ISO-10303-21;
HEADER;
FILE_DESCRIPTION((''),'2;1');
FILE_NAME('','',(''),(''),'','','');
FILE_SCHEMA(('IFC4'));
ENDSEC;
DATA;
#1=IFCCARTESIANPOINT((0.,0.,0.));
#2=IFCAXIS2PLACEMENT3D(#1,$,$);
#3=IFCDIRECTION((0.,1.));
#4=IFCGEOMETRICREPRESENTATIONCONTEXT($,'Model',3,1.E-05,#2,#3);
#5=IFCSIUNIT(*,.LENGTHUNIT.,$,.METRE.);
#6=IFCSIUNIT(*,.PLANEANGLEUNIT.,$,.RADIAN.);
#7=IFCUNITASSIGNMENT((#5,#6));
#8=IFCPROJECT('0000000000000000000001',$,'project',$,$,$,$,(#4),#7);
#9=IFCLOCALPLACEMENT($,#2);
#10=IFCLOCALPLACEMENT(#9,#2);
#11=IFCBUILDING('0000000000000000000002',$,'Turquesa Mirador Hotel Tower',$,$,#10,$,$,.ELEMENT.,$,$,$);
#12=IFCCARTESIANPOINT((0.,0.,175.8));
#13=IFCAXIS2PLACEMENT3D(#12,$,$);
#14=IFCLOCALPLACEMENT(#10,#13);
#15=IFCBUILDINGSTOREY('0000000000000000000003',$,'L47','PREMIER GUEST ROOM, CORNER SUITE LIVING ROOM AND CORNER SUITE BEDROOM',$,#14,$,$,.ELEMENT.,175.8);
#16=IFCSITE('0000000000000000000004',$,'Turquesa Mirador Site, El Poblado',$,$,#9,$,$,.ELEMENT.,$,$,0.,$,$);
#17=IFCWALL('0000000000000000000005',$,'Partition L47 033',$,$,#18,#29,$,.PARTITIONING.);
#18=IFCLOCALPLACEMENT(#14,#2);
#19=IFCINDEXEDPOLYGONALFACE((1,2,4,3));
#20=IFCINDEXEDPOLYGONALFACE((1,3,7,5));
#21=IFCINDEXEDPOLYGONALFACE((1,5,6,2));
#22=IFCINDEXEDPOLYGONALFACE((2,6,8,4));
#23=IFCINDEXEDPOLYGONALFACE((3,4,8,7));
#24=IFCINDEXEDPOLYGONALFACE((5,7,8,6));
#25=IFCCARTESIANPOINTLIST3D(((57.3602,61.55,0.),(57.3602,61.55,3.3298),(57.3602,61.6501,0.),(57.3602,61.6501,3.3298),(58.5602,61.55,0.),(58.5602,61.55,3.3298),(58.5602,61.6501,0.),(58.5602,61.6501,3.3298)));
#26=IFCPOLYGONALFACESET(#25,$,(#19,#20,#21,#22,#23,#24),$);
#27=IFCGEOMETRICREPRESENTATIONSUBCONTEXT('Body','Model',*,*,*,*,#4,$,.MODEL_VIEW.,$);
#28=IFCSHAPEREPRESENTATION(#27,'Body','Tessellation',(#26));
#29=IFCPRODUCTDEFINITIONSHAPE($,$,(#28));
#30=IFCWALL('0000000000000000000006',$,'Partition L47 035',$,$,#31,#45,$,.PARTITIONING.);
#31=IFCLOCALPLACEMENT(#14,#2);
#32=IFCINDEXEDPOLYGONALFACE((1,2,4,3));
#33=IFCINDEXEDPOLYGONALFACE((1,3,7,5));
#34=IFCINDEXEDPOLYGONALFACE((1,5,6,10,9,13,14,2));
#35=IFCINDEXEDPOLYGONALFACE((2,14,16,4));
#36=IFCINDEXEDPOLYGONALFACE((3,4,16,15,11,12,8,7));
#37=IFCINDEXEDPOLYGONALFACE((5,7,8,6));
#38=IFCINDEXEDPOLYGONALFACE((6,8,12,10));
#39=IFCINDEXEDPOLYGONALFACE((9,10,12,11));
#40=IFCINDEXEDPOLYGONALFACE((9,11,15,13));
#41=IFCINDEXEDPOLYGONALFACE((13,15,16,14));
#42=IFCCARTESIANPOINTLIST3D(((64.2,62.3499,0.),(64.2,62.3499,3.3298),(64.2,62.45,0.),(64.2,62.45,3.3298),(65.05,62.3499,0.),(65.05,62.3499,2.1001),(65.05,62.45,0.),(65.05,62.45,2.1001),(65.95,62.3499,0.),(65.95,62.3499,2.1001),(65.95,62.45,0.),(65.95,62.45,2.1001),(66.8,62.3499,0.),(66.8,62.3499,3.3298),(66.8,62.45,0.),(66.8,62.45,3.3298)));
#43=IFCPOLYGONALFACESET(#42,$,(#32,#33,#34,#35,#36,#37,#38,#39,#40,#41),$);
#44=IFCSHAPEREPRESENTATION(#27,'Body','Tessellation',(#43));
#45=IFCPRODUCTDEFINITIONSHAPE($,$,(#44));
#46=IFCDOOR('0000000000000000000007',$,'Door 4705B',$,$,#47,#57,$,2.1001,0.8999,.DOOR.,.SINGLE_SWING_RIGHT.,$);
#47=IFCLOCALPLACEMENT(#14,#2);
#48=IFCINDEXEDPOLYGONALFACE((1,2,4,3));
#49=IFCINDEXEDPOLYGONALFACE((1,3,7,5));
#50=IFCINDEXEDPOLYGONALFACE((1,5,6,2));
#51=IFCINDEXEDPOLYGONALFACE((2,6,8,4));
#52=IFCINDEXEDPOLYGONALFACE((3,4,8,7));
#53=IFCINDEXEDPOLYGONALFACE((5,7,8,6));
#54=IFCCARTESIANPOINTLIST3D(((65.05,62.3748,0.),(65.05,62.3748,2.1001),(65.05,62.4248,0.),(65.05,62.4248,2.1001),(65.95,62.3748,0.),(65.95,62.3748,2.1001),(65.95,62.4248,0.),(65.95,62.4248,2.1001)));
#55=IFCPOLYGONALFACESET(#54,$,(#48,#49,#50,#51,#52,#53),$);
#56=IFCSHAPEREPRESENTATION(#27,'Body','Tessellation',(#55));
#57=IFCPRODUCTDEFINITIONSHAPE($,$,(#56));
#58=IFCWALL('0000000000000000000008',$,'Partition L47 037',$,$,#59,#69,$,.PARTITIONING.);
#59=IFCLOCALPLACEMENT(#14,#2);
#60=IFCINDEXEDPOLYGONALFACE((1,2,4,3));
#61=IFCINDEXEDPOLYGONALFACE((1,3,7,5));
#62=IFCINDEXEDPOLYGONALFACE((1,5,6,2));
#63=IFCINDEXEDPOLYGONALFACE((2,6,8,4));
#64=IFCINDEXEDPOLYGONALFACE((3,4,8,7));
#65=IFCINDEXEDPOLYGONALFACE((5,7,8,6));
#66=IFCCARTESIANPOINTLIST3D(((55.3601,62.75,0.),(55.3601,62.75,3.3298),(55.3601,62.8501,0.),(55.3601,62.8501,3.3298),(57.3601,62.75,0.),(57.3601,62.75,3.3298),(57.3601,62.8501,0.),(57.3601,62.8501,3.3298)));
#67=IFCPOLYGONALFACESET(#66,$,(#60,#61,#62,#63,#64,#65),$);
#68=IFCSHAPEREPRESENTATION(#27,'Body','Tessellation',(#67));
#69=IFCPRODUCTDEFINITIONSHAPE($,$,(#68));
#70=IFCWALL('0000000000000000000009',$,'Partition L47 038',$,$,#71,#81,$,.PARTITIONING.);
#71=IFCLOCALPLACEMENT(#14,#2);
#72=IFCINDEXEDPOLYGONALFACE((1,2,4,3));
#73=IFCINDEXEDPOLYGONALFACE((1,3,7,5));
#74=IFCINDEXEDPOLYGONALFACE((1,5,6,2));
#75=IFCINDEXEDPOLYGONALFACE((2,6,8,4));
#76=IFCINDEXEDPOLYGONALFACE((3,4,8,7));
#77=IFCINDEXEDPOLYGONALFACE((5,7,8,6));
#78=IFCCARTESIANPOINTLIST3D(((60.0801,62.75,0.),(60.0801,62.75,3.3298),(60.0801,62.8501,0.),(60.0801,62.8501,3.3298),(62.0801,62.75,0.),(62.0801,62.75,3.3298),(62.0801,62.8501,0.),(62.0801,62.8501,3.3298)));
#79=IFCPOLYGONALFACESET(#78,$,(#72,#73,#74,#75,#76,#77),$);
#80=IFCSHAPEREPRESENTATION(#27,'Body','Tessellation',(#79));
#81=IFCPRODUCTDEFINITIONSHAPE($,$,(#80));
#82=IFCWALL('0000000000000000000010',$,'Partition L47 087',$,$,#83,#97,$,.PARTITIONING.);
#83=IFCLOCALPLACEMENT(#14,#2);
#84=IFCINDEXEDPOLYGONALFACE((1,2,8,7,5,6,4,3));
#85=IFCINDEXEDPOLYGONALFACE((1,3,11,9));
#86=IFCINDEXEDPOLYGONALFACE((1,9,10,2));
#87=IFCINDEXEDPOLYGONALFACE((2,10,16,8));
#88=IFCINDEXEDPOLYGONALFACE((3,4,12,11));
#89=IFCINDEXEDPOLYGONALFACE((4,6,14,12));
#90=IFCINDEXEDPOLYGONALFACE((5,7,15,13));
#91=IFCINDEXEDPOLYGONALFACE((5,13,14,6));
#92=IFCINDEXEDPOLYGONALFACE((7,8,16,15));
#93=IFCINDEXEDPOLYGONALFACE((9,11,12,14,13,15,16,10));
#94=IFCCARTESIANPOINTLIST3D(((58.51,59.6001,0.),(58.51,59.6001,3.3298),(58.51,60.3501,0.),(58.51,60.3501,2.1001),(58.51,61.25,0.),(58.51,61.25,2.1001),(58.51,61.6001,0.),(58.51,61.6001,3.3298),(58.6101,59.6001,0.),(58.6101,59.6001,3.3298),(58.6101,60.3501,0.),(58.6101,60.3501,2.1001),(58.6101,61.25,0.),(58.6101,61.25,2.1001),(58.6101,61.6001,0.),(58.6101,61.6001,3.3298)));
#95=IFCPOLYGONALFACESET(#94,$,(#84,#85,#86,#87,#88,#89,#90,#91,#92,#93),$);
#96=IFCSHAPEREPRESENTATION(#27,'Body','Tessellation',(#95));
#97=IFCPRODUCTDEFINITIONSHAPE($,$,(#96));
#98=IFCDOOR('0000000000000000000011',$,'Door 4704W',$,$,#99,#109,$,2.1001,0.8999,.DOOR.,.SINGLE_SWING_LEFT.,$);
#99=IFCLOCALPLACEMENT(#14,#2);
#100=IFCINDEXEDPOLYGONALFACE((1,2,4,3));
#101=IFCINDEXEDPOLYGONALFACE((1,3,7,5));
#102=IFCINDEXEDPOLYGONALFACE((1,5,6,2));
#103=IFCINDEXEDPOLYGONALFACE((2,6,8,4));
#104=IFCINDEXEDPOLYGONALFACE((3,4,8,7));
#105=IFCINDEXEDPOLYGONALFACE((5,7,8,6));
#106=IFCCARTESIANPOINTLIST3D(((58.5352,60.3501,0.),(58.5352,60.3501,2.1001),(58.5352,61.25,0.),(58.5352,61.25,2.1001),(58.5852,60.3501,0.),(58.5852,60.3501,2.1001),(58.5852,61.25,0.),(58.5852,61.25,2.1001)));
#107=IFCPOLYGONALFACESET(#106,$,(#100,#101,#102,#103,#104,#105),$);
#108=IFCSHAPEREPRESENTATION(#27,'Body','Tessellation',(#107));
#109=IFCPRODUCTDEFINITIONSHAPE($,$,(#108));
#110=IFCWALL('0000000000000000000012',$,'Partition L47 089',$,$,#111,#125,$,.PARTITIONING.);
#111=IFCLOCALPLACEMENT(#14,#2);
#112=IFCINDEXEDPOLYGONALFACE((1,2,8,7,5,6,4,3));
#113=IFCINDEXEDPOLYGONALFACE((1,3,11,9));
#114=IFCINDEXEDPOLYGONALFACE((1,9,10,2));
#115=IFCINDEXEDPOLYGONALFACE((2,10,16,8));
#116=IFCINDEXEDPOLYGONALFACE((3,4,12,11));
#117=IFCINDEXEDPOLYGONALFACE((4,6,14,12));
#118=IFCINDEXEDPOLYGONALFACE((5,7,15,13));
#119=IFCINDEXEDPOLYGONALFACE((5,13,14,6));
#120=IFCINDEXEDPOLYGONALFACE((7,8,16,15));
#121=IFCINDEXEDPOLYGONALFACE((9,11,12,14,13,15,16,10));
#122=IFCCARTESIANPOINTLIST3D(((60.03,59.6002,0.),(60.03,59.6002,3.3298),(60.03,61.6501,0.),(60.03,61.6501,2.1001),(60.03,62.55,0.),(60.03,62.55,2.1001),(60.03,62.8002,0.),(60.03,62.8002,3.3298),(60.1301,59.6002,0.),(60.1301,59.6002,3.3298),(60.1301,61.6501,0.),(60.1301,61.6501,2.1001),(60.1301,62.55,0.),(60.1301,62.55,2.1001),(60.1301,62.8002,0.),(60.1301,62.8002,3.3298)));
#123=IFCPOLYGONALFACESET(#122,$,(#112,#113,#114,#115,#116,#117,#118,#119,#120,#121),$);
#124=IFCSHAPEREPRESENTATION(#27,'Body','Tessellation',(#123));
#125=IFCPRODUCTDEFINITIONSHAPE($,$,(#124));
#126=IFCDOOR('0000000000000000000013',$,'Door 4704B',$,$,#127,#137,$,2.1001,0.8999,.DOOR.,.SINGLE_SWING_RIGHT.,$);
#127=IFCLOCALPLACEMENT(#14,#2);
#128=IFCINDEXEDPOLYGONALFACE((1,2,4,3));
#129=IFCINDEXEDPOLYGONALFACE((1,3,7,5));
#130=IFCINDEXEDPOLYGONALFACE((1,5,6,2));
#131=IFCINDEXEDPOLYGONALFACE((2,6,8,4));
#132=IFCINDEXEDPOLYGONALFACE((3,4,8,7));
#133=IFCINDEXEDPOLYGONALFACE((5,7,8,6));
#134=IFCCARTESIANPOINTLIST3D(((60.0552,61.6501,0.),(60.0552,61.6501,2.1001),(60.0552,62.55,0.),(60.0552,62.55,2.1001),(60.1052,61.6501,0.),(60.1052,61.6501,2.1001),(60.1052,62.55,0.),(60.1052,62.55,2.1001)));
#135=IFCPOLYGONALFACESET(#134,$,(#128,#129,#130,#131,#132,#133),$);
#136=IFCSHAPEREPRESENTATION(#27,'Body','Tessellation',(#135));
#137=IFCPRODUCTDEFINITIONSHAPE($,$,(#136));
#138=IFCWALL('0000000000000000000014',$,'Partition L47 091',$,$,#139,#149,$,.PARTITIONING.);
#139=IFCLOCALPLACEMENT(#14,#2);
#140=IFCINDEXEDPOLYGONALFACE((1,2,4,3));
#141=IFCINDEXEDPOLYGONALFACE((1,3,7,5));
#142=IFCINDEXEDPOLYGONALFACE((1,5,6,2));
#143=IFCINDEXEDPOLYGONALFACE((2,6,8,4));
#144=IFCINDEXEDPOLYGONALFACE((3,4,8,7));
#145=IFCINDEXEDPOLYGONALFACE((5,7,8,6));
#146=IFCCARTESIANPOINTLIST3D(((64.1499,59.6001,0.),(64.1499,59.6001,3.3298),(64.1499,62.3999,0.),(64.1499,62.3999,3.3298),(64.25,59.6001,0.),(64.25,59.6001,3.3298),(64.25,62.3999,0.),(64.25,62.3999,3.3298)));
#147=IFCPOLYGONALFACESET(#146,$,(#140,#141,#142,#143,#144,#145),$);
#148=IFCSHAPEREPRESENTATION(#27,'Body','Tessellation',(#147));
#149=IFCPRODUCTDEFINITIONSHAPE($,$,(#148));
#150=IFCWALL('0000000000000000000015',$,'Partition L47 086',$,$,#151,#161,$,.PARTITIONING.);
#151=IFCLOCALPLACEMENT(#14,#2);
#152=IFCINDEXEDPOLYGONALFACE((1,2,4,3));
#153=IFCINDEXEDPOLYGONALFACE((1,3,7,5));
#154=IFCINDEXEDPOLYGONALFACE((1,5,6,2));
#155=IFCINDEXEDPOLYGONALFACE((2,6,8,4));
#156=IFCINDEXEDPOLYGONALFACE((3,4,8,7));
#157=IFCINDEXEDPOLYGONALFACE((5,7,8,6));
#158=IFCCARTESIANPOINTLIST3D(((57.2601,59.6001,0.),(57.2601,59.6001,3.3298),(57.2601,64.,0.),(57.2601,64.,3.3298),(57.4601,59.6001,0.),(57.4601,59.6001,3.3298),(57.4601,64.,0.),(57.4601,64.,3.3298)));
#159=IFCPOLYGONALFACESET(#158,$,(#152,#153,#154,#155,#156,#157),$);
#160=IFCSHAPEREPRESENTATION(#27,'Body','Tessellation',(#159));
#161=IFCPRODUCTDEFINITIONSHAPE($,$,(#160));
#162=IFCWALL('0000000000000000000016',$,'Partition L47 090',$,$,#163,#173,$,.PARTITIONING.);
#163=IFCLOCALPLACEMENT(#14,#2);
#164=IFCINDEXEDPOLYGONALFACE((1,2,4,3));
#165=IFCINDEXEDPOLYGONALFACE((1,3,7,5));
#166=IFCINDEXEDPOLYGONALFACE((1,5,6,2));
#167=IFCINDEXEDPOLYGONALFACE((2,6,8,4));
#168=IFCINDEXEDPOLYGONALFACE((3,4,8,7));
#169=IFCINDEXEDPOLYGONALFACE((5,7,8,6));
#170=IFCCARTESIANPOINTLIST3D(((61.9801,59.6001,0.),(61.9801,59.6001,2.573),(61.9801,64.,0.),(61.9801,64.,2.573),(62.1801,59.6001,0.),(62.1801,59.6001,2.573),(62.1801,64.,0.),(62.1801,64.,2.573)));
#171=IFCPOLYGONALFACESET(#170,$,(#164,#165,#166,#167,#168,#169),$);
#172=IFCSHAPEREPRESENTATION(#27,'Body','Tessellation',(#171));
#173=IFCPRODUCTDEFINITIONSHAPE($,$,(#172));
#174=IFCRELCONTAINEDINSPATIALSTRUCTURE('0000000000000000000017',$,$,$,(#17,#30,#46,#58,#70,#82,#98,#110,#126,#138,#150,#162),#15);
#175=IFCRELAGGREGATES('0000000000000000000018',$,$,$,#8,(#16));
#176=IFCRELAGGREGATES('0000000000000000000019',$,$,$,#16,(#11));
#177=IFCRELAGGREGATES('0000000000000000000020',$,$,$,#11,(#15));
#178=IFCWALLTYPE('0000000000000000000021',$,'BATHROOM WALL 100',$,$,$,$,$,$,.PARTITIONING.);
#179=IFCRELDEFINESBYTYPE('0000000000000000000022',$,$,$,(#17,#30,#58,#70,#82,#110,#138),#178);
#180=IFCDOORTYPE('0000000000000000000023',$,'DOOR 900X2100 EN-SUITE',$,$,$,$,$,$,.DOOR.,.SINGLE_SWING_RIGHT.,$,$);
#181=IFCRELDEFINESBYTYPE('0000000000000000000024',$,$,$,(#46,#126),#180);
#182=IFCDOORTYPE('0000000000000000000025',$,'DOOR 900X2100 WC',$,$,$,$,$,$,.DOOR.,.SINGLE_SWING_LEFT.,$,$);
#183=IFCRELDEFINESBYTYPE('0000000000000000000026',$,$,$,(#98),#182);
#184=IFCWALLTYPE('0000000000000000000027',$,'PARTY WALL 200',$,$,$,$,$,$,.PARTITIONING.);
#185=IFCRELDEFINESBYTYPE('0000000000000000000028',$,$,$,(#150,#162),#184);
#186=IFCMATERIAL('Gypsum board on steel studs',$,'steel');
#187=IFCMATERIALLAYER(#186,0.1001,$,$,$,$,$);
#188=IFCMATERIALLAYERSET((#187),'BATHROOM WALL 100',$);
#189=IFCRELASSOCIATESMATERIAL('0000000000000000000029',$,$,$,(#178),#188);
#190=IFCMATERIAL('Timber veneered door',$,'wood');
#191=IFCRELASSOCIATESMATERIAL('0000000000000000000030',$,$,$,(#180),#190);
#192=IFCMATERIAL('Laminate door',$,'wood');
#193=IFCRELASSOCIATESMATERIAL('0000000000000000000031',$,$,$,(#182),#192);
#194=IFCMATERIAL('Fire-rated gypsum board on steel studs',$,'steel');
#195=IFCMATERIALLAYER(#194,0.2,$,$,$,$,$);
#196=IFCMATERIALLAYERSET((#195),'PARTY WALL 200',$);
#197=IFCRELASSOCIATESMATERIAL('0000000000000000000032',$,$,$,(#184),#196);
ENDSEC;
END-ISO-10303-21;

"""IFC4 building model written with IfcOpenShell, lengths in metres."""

from ifc_helpers import new_model, si_unit, direction, frame, frame_2d, origin, place, context, subcontext, project, spatial, rectangle, extrude, material, layer, layer_set, type_object, element, fill, save


model = new_model("IFC4")

# Units and contexts
model_context = context("Model", 3, precision=1e-05, world=origin(), true_north=direction((0.0, 1.0)))
body_context = subcontext(model_context, "Body", "Model", "MODEL_VIEW")
ifc_project = project(units=[si_unit("LENGTHUNIT", "METRE"), si_unit("PLANEANGLEUNIT", "RADIAN")], contexts=[model_context])

# Site, building, storey
site_placement = place(None, origin())
site = spatial("IfcSite", under=ifc_project, at=site_placement, Name="Turquesa Mirador Site, El Poblado", CompositionType="ELEMENT", RefElevation=0.0)
building_placement = place(site_placement, origin())
building = spatial("IfcBuilding", under=site, at=building_placement, Name="Turquesa Mirador Hotel Tower", CompositionType="ELEMENT")
storey_placement = place(building_placement, frame((0.0, 0.0, 175.8)))
storey = spatial("IfcBuildingStorey", under=building, at=storey_placement, Name="L47", Description="PREMIER GUEST ROOM, CORNER SUITE LIVING ROOM AND CORNER SUITE BEDROOM", CompositionType="ELEMENT", Elevation=175.8)

# Wall
ifc_material_1 = material(Name="Gypsum board on steel studs", Category="steel")
ifc_layer_1 = layer(ifc_material_1, 0.1001)
ifc_layer_set_1 = layer_set([ifc_layer_1], Name="BATHROOM WALL 100")
wall_type_1 = type_object("IfcWallType", Name="BATHROOM WALL 100", PredefinedType="PARTITIONING", material=ifc_layer_set_1)
wall_1_placement = place(storey_placement, frame((57.3601, 61.6001, 0.0), z_axis=(0.0, 0.0, 1.0), x_axis=(1.0, 0.0, 0.0)))
element("IfcWall", 1, at=wall_1_placement, inside=storey, type_object=wall_type_1, Name="Partition L47 033", PredefinedType="PARTITIONING", context=body_context, shape_type="SweptSolid", body=[
    extrude(rectangle(XDim=1.2, YDim=0.1001, at=frame_2d((0.6001, 0.0))), origin(), (0.0, 0.0, 1.0), 3.3298),
])

# Wall, opening, door
wall_2_placement = place(storey_placement, frame((64.2, 62.3999, 0.0), z_axis=(0.0, 0.0, 1.0), x_axis=(1.0, 0.0, 0.0)))
wall_2 = element("IfcWall", 2, at=wall_2_placement, inside=storey, type_object=wall_type_1, Name="Partition L47 035", PredefinedType="PARTITIONING", context=body_context, shape_type="SweptSolid", body=[
    extrude(rectangle(XDim=2.6001, YDim=0.1001, at=frame_2d((1.3, 0.0))), origin(), (0.0, 0.0, 1.0), 3.3298),
])
opening_1_placement = place(wall_2_placement, frame((0.8501, 0.0, 0.0)))
opening_1 = element("IfcOpeningElement", 3, at=opening_1_placement, cuts=wall_2, PredefinedType="OPENING", context=body_context, shape_type="SweptSolid", body=[
    extrude(rectangle(XDim=0.8999, YDim=2.1001, at=frame_2d((0.45, 1.05))), frame((0.0, 0.0601, 0.0), z_axis=(0.0, -1.0, 0.0), x_axis=(1.0, 0.0, 0.0)), (0.0, 0.0, 1.0), 0.1201),
])
ifc_material_2 = material(Name="Timber veneered door", Category="wood")
door_type_1 = type_object("IfcDoorType", Name="DOOR 900X2100 EN-SUITE", OperationType="SINGLE_SWING_RIGHT", PredefinedType="DOOR", material=ifc_material_2)
door_1_placement = place(opening_1_placement, origin())
door_1 = element("IfcDoor", 4, at=door_1_placement, inside=storey, type_object=door_type_1, Name="Door 4705B", OperationType="SINGLE_SWING_RIGHT", OverallHeight=2.1001, OverallWidth=0.8999, PredefinedType="DOOR", context=body_context, shape_type="SweptSolid", body=[
    extrude(rectangle(XDim=0.8999, YDim=2.1001, at=frame_2d((0.45, 1.05))), frame((0.0, 0.0249, 0.0), z_axis=(0.0, -1.0, 0.0), x_axis=(1.0, 0.0, 0.0)), (0.0, 0.0, 1.0), 0.05),
])
fill(opening_1, door_1)

# Walls
for number, where, z_axis, x_axis, name in (
    (5, (55.3601, 62.8, 0.0), (0.0, 0.0, 1.0), (1.0, 0.0, 0.0), "Partition L47 037"),
    (6, (60.0801, 62.8, 0.0), (0.0, 0.0, 1.0), (1.0, 0.0, 0.0), "Partition L47 038"),
):
    element("IfcWall", number, at=place(storey_placement, frame(where, z_axis=z_axis, x_axis=x_axis)), inside=storey, type_object=wall_type_1, Name=name, PredefinedType="PARTITIONING", context=body_context, shape_type="SweptSolid", body=[
        extrude(rectangle(XDim=2.0, YDim=0.1001, at=frame_2d((1.0, 0.0))), origin(), (0.0, 0.0, 1.0), 3.3298),
    ])

# Walls, openings, doors
wall_3_placement = place(storey_placement, frame((58.5601, 59.6001, 0.0), z_axis=(0.0, 0.0, 1.0), x_axis=(0.0, 1.0, 0.0)))
wall_3 = element("IfcWall", 7, at=wall_3_placement, inside=storey, type_object=wall_type_1, Name="Partition L47 087", PredefinedType="PARTITIONING", context=body_context, shape_type="SweptSolid", body=[
    extrude(rectangle(XDim=2.0, YDim=0.1001, at=frame_2d((1.0, 0.0))), origin(), (0.0, 0.0, 1.0), 3.3298),
])
opening_2_placement = place(wall_3_placement, frame((0.75, 0.0, 0.0)))
opening_2 = element("IfcOpeningElement", 8, at=opening_2_placement, cuts=wall_3, PredefinedType="OPENING", context=body_context, shape_type="SweptSolid", body=[
    extrude(rectangle(XDim=0.8999, YDim=2.1001, at=frame_2d((0.45, 1.05))), frame((0.0, 0.0601, 0.0), z_axis=(0.0, -1.0, 0.0), x_axis=(1.0, 0.0, 0.0)), (0.0, 0.0, 1.0), 0.1201),
])
ifc_material_3 = material(Name="Laminate door", Category="wood")
door_type_2 = type_object("IfcDoorType", Name="DOOR 900X2100 WC", OperationType="SINGLE_SWING_LEFT", PredefinedType="DOOR", material=ifc_material_3)
door_2_placement = place(opening_2_placement, origin())
door_2 = element("IfcDoor", 9, at=door_2_placement, inside=storey, type_object=door_type_2, Name="Door 4704W", OperationType="SINGLE_SWING_LEFT", OverallHeight=2.1001, OverallWidth=0.8999, PredefinedType="DOOR", context=body_context, shape_type="SweptSolid", body=[
    extrude(rectangle(XDim=0.8999, YDim=2.1001, at=frame_2d((0.45, 1.05))), frame((0.0, 0.0249, 0.0), z_axis=(0.0, -1.0, 0.0), x_axis=(1.0, 0.0, 0.0)), (0.0, 0.0, 1.0), 0.05),
])
fill(opening_2, door_2)
wall_4_placement = place(storey_placement, frame((60.0801, 59.6001, 0.0), z_axis=(0.0, 0.0, 1.0), x_axis=(0.0, 1.0, 0.0)))
wall_4 = element("IfcWall", 10, at=wall_4_placement, inside=storey, type_object=wall_type_1, Name="Partition L47 089", PredefinedType="PARTITIONING", context=body_context, shape_type="SweptSolid", body=[
    extrude(rectangle(XDim=3.2, YDim=0.1001, at=frame_2d((1.6001, 0.0))), origin(), (0.0, 0.0, 1.0), 3.3298),
])
opening_3_placement = place(wall_4_placement, frame((2.05, 0.0, 0.0)))
opening_3 = element("IfcOpeningElement", 11, at=opening_3_placement, cuts=wall_4, PredefinedType="OPENING", context=body_context, shape_type="SweptSolid", body=[
    extrude(rectangle(XDim=0.8999, YDim=2.1001, at=frame_2d((0.45, 1.05))), frame((0.0, 0.0601, 0.0), z_axis=(0.0, -1.0, 0.0), x_axis=(1.0, 0.0, 0.0)), (0.0, 0.0, 1.0), 0.1201),
])
door_3_placement = place(opening_3_placement, origin())
door_3 = element("IfcDoor", 12, at=door_3_placement, inside=storey, type_object=door_type_1, Name="Door 4704B", OperationType="SINGLE_SWING_RIGHT", OverallHeight=2.1001, OverallWidth=0.8999, PredefinedType="DOOR", context=body_context, shape_type="SweptSolid", body=[
    extrude(rectangle(XDim=0.8999, YDim=2.1001, at=frame_2d((0.45, 1.05))), frame((0.0, 0.0249, 0.0), z_axis=(0.0, -1.0, 0.0), x_axis=(1.0, 0.0, 0.0)), (0.0, 0.0, 1.0), 0.05),
])
fill(opening_3, door_3)

# Walls
wall_5_placement = place(storey_placement, frame((64.2, 59.6001, 0.0), z_axis=(0.0, 0.0, 1.0), x_axis=(0.0, 1.0, 0.0)))
element("IfcWall", 13, at=wall_5_placement, inside=storey, type_object=wall_type_1, Name="Partition L47 091", PredefinedType="PARTITIONING", context=body_context, shape_type="SweptSolid", body=[
    extrude(rectangle(XDim=2.7998, YDim=0.1001, at=frame_2d((1.3999, 0.0))), origin(), (0.0, 0.0, 1.0), 3.3298),
])
ifc_material_4 = material(Name="Fire-rated gypsum board on steel studs", Category="steel")
ifc_layer_2 = layer(ifc_material_4, 0.2)
ifc_layer_set_2 = layer_set([ifc_layer_2], Name="PARTY WALL 200")
wall_type_2 = type_object("IfcWallType", Name="PARTY WALL 200", PredefinedType="PARTITIONING", material=ifc_layer_set_2)
wall_6_placement = place(storey_placement, frame((57.3601, 59.6001, 0.0), z_axis=(0.0, 0.0, 1.0), x_axis=(0.0, 1.0, 0.0)))
element("IfcWall", 14, at=wall_6_placement, inside=storey, type_object=wall_type_2, Name="Partition L47 086", PredefinedType="PARTITIONING", context=body_context, shape_type="SweptSolid", body=[
    extrude(rectangle(XDim=4.3999, YDim=0.2, at=frame_2d((2.2, 0.0))), origin(), (0.0, 0.0, 1.0), 3.3298),
])
wall_7_placement = place(storey_placement, frame((62.0801, 59.6001, 0.0), z_axis=(0.0, 0.0, 1.0), x_axis=(0.0, 1.0, 0.0)))
element("IfcWall", 15, at=wall_7_placement, inside=storey, type_object=wall_type_2, Name="Partition L47 090", PredefinedType="PARTITIONING", context=body_context, shape_type="SweptSolid", body=[
    extrude(rectangle(XDim=4.3999, YDim=0.2, at=frame_2d((2.2, 0.0))), origin(), (0.0, 0.0, 1.0), 2.573),
])

save(model, "model.ifc")
